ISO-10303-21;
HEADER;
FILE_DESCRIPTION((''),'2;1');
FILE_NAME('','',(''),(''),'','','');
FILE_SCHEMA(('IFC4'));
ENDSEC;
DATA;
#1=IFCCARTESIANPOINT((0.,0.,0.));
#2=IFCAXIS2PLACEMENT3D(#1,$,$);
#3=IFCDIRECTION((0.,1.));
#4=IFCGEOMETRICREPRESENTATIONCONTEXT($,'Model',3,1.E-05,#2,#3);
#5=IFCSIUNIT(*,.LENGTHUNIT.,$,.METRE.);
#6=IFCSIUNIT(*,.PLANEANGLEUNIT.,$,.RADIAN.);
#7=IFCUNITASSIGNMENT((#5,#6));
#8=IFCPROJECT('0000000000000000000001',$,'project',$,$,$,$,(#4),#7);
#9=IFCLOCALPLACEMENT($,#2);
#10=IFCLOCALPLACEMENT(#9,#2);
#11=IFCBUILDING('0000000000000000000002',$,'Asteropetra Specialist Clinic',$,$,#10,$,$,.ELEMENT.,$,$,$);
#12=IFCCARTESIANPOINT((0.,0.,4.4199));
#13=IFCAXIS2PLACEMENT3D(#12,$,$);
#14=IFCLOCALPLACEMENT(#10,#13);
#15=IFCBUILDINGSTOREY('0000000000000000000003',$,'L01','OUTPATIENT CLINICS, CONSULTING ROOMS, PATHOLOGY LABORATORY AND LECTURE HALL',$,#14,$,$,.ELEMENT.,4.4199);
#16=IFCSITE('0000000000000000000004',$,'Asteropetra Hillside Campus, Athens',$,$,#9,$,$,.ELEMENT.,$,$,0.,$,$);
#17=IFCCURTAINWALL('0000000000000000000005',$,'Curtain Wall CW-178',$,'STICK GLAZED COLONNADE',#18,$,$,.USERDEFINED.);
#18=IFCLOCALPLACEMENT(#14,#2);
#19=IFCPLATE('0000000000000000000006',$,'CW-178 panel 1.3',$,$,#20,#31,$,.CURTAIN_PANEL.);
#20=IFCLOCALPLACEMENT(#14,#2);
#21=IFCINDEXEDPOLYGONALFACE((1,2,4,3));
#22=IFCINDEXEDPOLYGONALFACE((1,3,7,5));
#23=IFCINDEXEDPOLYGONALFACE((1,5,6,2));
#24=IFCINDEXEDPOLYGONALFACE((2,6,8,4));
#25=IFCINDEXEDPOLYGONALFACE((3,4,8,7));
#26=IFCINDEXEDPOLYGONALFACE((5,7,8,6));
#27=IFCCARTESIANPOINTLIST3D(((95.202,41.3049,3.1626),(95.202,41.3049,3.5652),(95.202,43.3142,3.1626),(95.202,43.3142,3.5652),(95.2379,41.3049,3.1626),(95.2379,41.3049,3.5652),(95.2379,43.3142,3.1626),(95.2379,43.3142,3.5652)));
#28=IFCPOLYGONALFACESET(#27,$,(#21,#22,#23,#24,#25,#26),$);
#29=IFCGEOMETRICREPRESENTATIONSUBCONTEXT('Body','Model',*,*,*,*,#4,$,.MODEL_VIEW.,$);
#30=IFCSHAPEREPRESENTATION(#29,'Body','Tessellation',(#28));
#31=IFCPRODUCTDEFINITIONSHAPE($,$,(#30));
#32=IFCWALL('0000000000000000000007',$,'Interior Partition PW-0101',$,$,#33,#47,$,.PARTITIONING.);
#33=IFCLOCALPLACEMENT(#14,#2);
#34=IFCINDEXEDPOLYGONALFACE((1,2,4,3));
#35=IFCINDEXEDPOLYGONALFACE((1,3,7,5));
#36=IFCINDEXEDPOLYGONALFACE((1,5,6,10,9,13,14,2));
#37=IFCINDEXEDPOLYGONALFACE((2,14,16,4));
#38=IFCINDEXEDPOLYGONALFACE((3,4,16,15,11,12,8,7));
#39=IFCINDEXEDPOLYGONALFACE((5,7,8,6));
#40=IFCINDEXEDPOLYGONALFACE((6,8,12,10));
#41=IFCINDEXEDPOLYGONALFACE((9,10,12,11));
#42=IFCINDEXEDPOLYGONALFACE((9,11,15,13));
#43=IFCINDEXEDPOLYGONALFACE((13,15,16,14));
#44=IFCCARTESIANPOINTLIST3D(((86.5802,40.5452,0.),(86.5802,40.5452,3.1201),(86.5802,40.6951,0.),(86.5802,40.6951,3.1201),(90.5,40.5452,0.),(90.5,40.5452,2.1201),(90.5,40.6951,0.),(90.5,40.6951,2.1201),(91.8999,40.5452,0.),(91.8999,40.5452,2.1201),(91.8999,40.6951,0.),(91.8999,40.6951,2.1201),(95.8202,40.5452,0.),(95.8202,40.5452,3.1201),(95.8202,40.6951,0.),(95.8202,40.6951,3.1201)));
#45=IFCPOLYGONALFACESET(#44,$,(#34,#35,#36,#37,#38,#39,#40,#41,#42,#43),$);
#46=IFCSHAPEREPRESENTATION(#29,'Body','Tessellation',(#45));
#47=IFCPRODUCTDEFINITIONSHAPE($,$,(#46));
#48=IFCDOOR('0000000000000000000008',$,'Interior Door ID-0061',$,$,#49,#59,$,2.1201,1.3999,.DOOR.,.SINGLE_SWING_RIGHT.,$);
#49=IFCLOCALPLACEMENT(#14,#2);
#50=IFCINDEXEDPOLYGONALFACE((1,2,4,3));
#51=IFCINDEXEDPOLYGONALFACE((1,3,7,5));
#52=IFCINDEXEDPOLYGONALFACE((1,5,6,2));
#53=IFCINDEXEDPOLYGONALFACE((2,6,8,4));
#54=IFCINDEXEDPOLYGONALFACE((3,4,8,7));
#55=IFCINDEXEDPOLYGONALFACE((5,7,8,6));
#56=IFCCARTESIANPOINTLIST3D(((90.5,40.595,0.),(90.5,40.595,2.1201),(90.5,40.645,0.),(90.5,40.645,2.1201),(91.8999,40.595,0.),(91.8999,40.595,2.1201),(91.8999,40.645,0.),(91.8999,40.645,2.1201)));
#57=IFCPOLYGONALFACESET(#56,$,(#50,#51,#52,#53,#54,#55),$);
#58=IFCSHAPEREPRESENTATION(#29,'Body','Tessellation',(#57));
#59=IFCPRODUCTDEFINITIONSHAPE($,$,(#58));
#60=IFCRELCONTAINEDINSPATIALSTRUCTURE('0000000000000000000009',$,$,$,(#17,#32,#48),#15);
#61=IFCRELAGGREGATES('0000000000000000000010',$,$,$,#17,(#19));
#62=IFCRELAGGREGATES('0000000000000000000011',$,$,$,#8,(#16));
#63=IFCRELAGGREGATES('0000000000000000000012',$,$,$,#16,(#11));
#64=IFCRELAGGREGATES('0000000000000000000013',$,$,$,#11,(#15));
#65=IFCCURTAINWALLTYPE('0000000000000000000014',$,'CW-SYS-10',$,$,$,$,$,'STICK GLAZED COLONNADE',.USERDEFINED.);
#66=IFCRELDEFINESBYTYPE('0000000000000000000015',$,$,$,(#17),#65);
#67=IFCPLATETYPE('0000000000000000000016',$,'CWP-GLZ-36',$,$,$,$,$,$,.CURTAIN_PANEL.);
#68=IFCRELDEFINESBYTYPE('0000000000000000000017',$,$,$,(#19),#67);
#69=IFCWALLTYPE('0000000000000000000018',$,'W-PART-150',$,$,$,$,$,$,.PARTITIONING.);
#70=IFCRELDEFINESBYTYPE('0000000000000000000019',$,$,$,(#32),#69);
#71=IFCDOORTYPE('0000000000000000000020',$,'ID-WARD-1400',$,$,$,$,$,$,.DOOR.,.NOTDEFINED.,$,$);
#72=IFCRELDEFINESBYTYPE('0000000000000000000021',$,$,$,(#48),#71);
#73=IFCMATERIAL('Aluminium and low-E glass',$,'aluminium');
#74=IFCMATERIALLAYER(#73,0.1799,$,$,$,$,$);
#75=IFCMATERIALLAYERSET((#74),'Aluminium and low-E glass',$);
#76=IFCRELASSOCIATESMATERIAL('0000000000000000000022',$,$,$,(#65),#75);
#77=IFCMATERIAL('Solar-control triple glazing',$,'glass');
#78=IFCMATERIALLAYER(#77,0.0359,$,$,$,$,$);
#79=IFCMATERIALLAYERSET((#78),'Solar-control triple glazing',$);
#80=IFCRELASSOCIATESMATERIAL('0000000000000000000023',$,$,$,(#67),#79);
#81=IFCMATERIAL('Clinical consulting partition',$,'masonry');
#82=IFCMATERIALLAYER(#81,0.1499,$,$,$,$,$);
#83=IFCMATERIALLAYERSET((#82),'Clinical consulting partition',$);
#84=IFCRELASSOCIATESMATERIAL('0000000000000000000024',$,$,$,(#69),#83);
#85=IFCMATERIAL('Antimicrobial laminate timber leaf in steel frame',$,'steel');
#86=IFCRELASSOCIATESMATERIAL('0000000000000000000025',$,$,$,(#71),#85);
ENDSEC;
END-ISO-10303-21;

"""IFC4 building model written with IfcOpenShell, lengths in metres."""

from ifc_helpers import new_model, si_unit, direction, frame, frame_2d, origin, origin_2d, place, context, subcontext, project, spatial, rectangle, extrude, material, layer, layer_set, type_object, element, fill, aggregate, save


model = new_model("IFC4")

# Units and contexts
model_context = context("Model", 3, precision=1e-05, world=origin(), true_north=direction((0.0, 1.0)))
body_context = subcontext(model_context, "Body", "Model", "MODEL_VIEW")
ifc_project = project(units=[si_unit("LENGTHUNIT", "METRE"), si_unit("PLANEANGLEUNIT", "RADIAN")], contexts=[model_context])

# Site, building, storey
site_placement = place(None, origin())
site = spatial("IfcSite", under=ifc_project, at=site_placement, Name="Asteropetra Hillside Campus, Athens", CompositionType="ELEMENT", RefElevation=0.0)
building_placement = place(site_placement, origin())
building = spatial("IfcBuilding", under=site, at=building_placement, Name="Asteropetra Specialist Clinic", CompositionType="ELEMENT")
storey_placement = place(building_placement, frame((0.0, 0.0, 4.4199)))
storey = spatial("IfcBuildingStorey", under=building, at=storey_placement, Name="L01", Description="OUTPATIENT CLINICS, CONSULTING ROOMS, PATHOLOGY LABORATORY AND LECTURE HALL", CompositionType="ELEMENT", Elevation=4.4199)

# Curtain wall
ifc_material_1 = material(Name="Aluminium and low-E glass", Category="aluminium")
ifc_layer_1 = layer(ifc_material_1, 0.1799)
ifc_layer_set_1 = layer_set([ifc_layer_1], Name="Aluminium and low-E glass")
curtain_wall_type_1 = type_object("IfcCurtainWallType", Name="CW-SYS-10", ElementType="STICK GLAZED COLONNADE", PredefinedType="USERDEFINED", material=ifc_layer_set_1)
curtain_wall_1_placement = place(storey_placement, origin())
curtain_wall_1 = element("IfcCurtainWall", 1, at=curtain_wall_1_placement, inside=storey, type_object=curtain_wall_type_1, Name="Curtain Wall CW-178", ObjectType="STICK GLAZED COLONNADE", PredefinedType="USERDEFINED")

# Plate
ifc_material_2 = material(Name="Solar-control triple glazing", Category="glass")
ifc_layer_2 = layer(ifc_material_2, 0.0359)
ifc_layer_set_2 = layer_set([ifc_layer_2], Name="Solar-control triple glazing")
plate_type_1 = type_object("IfcPlateType", Name="CWP-GLZ-36", PredefinedType="CURTAIN_PANEL", material=ifc_layer_set_2)
plate_1_placement = place(storey_placement, frame((95.22, 42.3096, 3.1626), z_axis=(0.0, 0.0, 1.0), x_axis=(0.0, 1.0, 0.0)))
plate_1 = element("IfcPlate", 2, at=plate_1_placement, type_object=plate_type_1, Name="CW-178 panel 1.3", PredefinedType="CURTAIN_PANEL", context=body_context, shape_type="SweptSolid", body=[
    extrude(rectangle(XDim=2.0093, YDim=0.0359, at=origin_2d()), origin(), (0.0, 0.0, 1.0), 0.4026),
])
aggregate(curtain_wall_1, [plate_1])

# Wall, opening, door
ifc_material_3 = material(Name="Clinical consulting partition", Category="masonry")
ifc_layer_3 = layer(ifc_material_3, 0.1499)
ifc_layer_set_3 = layer_set([ifc_layer_3], Name="Clinical consulting partition")
wall_type = type_object("IfcWallType", Name="W-PART-150", PredefinedType="PARTITIONING", material=ifc_layer_set_3)
wall_placement = place(storey_placement, frame((86.5801, 40.6201, 0.0), z_axis=(0.0, 0.0, 1.0), x_axis=(1.0, 0.0, 0.0)))
wall = element("IfcWall", 3, at=wall_placement, inside=storey, type_object=wall_type, Name="Interior Partition PW-0101", PredefinedType="PARTITIONING", context=body_context, shape_type="SweptSolid", body=[
    extrude(rectangle(XDim=9.24, YDim=0.1499, at=frame_2d((4.6201, 0.0))), origin(), (0.0, 0.0, 1.0), 3.1201),
])
opening_placement = place(wall_placement, frame((3.9199, 0.0, 0.0)))
opening = element("IfcOpeningElement", 4, at=opening_placement, cuts=wall, PredefinedType="OPENING", context=body_context, shape_type="SweptSolid", body=[
    extrude(rectangle(XDim=1.3999, YDim=2.1201, at=frame_2d((0.7, 1.0601))), frame((0.0, 0.085, 0.0), z_axis=(0.0, -1.0, 0.0), x_axis=(1.0, 0.0, 0.0)), (0.0, 0.0, 1.0), 0.1699),
])
ifc_material_4 = material(Name="Antimicrobial laminate timber leaf in steel frame", Category="steel")
door_type = type_object("IfcDoorType", Name="ID-WARD-1400", OperationType="NOTDEFINED", PredefinedType="DOOR", material=ifc_material_4)
door_placement = place(opening_placement, origin())
door = element("IfcDoor", 5, at=door_placement, inside=storey, type_object=door_type, Name="Interior Door ID-0061", OperationType="SINGLE_SWING_RIGHT", OverallHeight=2.1201, OverallWidth=1.3999, PredefinedType="DOOR", context=body_context, shape_type="SweptSolid", body=[
    extrude(rectangle(XDim=1.3999, YDim=2.1201, at=frame_2d((0.7, 1.0601))), frame((0.0, 0.0249, 0.0), z_axis=(0.0, -1.0, 0.0), x_axis=(1.0, 0.0, 0.0)), (0.0, 0.0, 1.0), 0.05),
])
fill(opening, door)

save(model, "model.ifc")
